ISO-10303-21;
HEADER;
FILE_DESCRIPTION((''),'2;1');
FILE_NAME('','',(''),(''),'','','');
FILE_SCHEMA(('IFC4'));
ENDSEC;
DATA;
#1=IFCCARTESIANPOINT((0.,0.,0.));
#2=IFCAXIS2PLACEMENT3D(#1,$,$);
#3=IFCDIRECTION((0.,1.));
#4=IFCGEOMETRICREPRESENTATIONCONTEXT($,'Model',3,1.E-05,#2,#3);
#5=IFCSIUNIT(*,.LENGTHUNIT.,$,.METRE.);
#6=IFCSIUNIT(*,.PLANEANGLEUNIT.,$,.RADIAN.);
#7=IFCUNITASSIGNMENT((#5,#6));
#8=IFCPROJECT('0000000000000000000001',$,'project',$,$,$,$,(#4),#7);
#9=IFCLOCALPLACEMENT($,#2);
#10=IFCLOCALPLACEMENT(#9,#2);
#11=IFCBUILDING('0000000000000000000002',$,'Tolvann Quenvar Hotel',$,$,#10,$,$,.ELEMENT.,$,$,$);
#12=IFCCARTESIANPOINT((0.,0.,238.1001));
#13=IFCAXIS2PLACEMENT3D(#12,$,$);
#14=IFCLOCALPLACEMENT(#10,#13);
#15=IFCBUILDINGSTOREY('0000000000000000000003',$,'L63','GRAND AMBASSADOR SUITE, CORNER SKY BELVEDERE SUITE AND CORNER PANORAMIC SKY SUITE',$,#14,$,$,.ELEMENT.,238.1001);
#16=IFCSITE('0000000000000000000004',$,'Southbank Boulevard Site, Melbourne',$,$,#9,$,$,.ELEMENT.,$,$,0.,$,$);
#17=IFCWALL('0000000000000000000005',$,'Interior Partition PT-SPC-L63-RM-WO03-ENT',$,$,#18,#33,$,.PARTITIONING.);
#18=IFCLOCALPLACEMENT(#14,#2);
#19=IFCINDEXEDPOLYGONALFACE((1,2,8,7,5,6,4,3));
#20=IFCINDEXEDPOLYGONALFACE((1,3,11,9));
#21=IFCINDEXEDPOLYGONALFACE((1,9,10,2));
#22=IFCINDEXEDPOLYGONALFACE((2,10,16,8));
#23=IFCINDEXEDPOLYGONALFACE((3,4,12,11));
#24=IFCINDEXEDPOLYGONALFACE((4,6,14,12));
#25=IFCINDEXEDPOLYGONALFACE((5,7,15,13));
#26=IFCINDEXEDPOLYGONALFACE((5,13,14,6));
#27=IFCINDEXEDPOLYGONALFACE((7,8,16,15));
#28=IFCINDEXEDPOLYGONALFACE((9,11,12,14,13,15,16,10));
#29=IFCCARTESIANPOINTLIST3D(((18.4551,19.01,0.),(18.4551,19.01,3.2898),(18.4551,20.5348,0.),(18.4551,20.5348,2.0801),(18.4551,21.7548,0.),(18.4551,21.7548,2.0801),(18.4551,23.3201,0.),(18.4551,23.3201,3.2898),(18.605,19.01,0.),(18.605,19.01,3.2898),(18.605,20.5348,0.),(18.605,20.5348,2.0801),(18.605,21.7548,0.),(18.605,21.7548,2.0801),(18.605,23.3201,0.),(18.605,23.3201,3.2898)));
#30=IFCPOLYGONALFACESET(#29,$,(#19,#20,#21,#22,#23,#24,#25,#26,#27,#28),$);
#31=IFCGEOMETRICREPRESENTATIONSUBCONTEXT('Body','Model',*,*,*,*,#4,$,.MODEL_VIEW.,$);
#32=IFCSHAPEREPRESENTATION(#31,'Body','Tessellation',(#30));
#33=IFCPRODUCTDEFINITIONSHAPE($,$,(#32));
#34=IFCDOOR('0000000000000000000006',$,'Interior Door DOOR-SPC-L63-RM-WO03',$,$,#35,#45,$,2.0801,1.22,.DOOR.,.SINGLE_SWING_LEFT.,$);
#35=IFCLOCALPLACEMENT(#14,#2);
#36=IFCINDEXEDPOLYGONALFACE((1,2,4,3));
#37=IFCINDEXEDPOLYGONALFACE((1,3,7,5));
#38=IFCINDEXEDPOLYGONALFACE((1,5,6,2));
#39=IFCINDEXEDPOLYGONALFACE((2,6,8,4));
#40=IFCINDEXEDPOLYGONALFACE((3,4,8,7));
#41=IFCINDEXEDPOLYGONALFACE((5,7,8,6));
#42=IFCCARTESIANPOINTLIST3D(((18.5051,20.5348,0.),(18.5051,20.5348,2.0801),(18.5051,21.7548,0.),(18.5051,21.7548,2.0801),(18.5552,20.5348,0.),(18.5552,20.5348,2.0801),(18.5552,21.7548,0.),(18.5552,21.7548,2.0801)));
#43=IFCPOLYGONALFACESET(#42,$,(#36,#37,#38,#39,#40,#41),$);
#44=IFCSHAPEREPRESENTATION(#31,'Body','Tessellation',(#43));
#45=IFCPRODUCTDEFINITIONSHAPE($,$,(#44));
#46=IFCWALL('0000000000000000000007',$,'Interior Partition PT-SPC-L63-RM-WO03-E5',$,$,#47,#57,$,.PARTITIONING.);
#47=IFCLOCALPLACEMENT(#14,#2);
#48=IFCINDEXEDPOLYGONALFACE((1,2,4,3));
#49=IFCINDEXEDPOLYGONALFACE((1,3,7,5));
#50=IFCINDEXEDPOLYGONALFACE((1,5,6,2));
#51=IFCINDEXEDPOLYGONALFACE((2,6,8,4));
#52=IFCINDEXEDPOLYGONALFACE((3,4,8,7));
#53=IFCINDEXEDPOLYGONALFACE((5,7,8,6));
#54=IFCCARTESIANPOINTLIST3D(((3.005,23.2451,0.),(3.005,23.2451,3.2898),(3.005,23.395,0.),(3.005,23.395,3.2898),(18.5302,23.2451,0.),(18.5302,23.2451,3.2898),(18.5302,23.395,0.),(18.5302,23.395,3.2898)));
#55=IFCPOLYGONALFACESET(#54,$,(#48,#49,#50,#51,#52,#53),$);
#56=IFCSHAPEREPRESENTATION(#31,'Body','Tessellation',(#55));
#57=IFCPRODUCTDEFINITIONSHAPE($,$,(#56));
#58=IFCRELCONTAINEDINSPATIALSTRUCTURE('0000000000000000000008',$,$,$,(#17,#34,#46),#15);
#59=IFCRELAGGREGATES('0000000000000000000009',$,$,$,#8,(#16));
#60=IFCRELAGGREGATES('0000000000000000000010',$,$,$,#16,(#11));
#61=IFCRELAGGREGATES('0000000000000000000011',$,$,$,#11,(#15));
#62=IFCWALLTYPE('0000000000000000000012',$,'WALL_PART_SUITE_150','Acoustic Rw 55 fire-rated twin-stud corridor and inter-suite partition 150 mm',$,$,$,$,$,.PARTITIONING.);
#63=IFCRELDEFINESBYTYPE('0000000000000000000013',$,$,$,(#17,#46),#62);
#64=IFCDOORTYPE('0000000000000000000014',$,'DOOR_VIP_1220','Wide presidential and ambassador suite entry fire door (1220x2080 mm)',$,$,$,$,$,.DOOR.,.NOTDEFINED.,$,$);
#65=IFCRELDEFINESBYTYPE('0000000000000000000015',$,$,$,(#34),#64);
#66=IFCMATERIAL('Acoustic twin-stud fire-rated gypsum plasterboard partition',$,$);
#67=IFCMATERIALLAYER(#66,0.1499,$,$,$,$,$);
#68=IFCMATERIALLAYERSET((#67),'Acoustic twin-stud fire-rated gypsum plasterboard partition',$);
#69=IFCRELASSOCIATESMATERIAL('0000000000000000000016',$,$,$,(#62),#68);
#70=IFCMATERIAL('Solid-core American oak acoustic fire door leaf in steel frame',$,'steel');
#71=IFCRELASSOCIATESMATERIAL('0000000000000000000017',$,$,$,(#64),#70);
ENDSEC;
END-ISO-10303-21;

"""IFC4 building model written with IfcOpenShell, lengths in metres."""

from ifc_helpers import new_model, si_unit, direction, frame, frame_2d, origin, place, context, subcontext, project, spatial, rectangle, extrude, source, transform, mapped, material, layer, layer_set, type_object, type_shapes, element, fill, save


model = new_model("IFC4")

# Units and contexts
model_context = context("Model", 3, precision=1e-05, world=origin(), true_north=direction((0.0, 1.0)))
body_context = subcontext(model_context, "Body", "Model", "MODEL_VIEW")
ifc_project = project(units=[si_unit("LENGTHUNIT", "METRE"), si_unit("PLANEANGLEUNIT", "RADIAN")], contexts=[model_context])

# Site, building, storey
site_placement = place(None, origin())
site = spatial("IfcSite", under=ifc_project, at=site_placement, Name="Southbank Boulevard Site, Melbourne", CompositionType="ELEMENT", RefElevation=0.0)
building_placement = place(site_placement, origin())
building = spatial("IfcBuilding", under=site, at=building_placement, Name="Tolvann Quenvar Hotel", CompositionType="ELEMENT")
storey_placement = place(building_placement, frame((0.0, 0.0, 238.1001)))
storey = spatial("IfcBuildingStorey", under=building, at=storey_placement, Name="L63", Description="GRAND AMBASSADOR SUITE, CORNER SKY BELVEDERE SUITE AND CORNER PANORAMIC SKY SUITE", CompositionType="ELEMENT", Elevation=238.1001)

# Shared definitions
ifc_material_1 = material(Name="Acoustic twin-stud fire-rated gypsum plasterboard partition")
ifc_layer_1 = layer(ifc_material_1, 0.1499)
ifc_layer_set_1 = layer_set([ifc_layer_1], Name="Acoustic twin-stud fire-rated gypsum plasterboard partition")
wall_type_1 = type_object("IfcWallType", Name="WALL_PART_SUITE_150", Description="Acoustic Rw 55 fire-rated twin-stud corridor and inter-suite partition 150 mm", PredefinedType="PARTITIONING", material=ifc_layer_set_1)
ifc_material_2 = material(Name="Solid-core American oak acoustic fire door leaf in steel frame", Category="steel")

# Wall, opening, door
door_type_1 = type_object("IfcDoorType", Name="DOOR_VIP_1220", Description="Wide presidential and ambassador suite entry fire door (1220x2080 mm)", OperationType="NOTDEFINED", PredefinedType="DOOR", material=ifc_material_2)
shared_shape_1 = source(origin(), body_context, "Body", "SweptSolid", [
    extrude(rectangle(XDim=1.22, YDim=2.0801, at=frame_2d((0.6099, 1.04))), frame((0.0, 0.0249, 0.0), z_axis=(0.0, -1.0, 0.0), x_axis=(1.0, 0.0, 0.0)), (0.0, 0.0, 1.0), 0.05),
])
type_shapes(door_type_1, [shared_shape_1])
wall_1_placement = place(storey_placement, frame((18.53, 19.01, 0.0), z_axis=(0.0, 0.0, 1.0), x_axis=(0.0, 1.0, 0.0)))
wall_1 = element("IfcWall", 1, at=wall_1_placement, inside=storey, type_object=wall_type_1, Name="Interior Partition PT-SPC-L63-RM-WO03-ENT", PredefinedType="PARTITIONING", context=body_context, shape_type="SweptSolid", body=[
    extrude(rectangle(XDim=4.3101, YDim=0.1499, at=frame_2d((2.155, 0.0))), origin(), (0.0, 0.0, 1.0), 3.2898),
])
opening_1_placement = place(wall_1_placement, frame((1.5249, 0.0, 0.0)))
opening_1 = element("IfcOpeningElement", 2, at=opening_1_placement, cuts=wall_1, PredefinedType="OPENING", context=body_context, shape_type="SweptSolid", body=[
    extrude(rectangle(XDim=1.22, YDim=2.0801, at=frame_2d((0.6099, 1.04))), frame((0.0, 0.085, 0.0), z_axis=(0.0, -1.0, 0.0), x_axis=(1.0, 0.0, 0.0)), (0.0, 0.0, 1.0), 0.1699),
])
door_1_placement = place(opening_1_placement, origin())
door_1 = element("IfcDoor", 3, at=door_1_placement, inside=storey, type_object=door_type_1, Name="Interior Door DOOR-SPC-L63-RM-WO03", OperationType="SINGLE_SWING_LEFT", OverallHeight=2.0801, OverallWidth=1.22, PredefinedType="DOOR", context=body_context, shape_type="MappedRepresentation", body=[
    mapped(shared_shape_1, transform((0.0, 0.0, 0.0), x_axis=(1.0, 0.0, 0.0), y_axis=(0.0, 1.0, 0.0), z_axis=(0.0, 0.0, 1.0), scale=1.0)),
])
fill(opening_1, door_1)

# Wall
wall_2_placement = place(storey_placement, frame((3.0049, 23.3201, 0.0), z_axis=(0.0, 0.0, 1.0), x_axis=(1.0, 0.0, 0.0)))
element("IfcWall", 4, at=wall_2_placement, inside=storey, type_object=wall_type_1, Name="Interior Partition PT-SPC-L63-RM-WO03-E5", PredefinedType="PARTITIONING", context=body_context, shape_type="SweptSolid", body=[
    extrude(rectangle(XDim=15.5251, YDim=0.1499, at=frame_2d((7.7627, 0.0))), origin(), (0.0, 0.0, 1.0), 3.2898),
])

save(model, "model.ifc")
